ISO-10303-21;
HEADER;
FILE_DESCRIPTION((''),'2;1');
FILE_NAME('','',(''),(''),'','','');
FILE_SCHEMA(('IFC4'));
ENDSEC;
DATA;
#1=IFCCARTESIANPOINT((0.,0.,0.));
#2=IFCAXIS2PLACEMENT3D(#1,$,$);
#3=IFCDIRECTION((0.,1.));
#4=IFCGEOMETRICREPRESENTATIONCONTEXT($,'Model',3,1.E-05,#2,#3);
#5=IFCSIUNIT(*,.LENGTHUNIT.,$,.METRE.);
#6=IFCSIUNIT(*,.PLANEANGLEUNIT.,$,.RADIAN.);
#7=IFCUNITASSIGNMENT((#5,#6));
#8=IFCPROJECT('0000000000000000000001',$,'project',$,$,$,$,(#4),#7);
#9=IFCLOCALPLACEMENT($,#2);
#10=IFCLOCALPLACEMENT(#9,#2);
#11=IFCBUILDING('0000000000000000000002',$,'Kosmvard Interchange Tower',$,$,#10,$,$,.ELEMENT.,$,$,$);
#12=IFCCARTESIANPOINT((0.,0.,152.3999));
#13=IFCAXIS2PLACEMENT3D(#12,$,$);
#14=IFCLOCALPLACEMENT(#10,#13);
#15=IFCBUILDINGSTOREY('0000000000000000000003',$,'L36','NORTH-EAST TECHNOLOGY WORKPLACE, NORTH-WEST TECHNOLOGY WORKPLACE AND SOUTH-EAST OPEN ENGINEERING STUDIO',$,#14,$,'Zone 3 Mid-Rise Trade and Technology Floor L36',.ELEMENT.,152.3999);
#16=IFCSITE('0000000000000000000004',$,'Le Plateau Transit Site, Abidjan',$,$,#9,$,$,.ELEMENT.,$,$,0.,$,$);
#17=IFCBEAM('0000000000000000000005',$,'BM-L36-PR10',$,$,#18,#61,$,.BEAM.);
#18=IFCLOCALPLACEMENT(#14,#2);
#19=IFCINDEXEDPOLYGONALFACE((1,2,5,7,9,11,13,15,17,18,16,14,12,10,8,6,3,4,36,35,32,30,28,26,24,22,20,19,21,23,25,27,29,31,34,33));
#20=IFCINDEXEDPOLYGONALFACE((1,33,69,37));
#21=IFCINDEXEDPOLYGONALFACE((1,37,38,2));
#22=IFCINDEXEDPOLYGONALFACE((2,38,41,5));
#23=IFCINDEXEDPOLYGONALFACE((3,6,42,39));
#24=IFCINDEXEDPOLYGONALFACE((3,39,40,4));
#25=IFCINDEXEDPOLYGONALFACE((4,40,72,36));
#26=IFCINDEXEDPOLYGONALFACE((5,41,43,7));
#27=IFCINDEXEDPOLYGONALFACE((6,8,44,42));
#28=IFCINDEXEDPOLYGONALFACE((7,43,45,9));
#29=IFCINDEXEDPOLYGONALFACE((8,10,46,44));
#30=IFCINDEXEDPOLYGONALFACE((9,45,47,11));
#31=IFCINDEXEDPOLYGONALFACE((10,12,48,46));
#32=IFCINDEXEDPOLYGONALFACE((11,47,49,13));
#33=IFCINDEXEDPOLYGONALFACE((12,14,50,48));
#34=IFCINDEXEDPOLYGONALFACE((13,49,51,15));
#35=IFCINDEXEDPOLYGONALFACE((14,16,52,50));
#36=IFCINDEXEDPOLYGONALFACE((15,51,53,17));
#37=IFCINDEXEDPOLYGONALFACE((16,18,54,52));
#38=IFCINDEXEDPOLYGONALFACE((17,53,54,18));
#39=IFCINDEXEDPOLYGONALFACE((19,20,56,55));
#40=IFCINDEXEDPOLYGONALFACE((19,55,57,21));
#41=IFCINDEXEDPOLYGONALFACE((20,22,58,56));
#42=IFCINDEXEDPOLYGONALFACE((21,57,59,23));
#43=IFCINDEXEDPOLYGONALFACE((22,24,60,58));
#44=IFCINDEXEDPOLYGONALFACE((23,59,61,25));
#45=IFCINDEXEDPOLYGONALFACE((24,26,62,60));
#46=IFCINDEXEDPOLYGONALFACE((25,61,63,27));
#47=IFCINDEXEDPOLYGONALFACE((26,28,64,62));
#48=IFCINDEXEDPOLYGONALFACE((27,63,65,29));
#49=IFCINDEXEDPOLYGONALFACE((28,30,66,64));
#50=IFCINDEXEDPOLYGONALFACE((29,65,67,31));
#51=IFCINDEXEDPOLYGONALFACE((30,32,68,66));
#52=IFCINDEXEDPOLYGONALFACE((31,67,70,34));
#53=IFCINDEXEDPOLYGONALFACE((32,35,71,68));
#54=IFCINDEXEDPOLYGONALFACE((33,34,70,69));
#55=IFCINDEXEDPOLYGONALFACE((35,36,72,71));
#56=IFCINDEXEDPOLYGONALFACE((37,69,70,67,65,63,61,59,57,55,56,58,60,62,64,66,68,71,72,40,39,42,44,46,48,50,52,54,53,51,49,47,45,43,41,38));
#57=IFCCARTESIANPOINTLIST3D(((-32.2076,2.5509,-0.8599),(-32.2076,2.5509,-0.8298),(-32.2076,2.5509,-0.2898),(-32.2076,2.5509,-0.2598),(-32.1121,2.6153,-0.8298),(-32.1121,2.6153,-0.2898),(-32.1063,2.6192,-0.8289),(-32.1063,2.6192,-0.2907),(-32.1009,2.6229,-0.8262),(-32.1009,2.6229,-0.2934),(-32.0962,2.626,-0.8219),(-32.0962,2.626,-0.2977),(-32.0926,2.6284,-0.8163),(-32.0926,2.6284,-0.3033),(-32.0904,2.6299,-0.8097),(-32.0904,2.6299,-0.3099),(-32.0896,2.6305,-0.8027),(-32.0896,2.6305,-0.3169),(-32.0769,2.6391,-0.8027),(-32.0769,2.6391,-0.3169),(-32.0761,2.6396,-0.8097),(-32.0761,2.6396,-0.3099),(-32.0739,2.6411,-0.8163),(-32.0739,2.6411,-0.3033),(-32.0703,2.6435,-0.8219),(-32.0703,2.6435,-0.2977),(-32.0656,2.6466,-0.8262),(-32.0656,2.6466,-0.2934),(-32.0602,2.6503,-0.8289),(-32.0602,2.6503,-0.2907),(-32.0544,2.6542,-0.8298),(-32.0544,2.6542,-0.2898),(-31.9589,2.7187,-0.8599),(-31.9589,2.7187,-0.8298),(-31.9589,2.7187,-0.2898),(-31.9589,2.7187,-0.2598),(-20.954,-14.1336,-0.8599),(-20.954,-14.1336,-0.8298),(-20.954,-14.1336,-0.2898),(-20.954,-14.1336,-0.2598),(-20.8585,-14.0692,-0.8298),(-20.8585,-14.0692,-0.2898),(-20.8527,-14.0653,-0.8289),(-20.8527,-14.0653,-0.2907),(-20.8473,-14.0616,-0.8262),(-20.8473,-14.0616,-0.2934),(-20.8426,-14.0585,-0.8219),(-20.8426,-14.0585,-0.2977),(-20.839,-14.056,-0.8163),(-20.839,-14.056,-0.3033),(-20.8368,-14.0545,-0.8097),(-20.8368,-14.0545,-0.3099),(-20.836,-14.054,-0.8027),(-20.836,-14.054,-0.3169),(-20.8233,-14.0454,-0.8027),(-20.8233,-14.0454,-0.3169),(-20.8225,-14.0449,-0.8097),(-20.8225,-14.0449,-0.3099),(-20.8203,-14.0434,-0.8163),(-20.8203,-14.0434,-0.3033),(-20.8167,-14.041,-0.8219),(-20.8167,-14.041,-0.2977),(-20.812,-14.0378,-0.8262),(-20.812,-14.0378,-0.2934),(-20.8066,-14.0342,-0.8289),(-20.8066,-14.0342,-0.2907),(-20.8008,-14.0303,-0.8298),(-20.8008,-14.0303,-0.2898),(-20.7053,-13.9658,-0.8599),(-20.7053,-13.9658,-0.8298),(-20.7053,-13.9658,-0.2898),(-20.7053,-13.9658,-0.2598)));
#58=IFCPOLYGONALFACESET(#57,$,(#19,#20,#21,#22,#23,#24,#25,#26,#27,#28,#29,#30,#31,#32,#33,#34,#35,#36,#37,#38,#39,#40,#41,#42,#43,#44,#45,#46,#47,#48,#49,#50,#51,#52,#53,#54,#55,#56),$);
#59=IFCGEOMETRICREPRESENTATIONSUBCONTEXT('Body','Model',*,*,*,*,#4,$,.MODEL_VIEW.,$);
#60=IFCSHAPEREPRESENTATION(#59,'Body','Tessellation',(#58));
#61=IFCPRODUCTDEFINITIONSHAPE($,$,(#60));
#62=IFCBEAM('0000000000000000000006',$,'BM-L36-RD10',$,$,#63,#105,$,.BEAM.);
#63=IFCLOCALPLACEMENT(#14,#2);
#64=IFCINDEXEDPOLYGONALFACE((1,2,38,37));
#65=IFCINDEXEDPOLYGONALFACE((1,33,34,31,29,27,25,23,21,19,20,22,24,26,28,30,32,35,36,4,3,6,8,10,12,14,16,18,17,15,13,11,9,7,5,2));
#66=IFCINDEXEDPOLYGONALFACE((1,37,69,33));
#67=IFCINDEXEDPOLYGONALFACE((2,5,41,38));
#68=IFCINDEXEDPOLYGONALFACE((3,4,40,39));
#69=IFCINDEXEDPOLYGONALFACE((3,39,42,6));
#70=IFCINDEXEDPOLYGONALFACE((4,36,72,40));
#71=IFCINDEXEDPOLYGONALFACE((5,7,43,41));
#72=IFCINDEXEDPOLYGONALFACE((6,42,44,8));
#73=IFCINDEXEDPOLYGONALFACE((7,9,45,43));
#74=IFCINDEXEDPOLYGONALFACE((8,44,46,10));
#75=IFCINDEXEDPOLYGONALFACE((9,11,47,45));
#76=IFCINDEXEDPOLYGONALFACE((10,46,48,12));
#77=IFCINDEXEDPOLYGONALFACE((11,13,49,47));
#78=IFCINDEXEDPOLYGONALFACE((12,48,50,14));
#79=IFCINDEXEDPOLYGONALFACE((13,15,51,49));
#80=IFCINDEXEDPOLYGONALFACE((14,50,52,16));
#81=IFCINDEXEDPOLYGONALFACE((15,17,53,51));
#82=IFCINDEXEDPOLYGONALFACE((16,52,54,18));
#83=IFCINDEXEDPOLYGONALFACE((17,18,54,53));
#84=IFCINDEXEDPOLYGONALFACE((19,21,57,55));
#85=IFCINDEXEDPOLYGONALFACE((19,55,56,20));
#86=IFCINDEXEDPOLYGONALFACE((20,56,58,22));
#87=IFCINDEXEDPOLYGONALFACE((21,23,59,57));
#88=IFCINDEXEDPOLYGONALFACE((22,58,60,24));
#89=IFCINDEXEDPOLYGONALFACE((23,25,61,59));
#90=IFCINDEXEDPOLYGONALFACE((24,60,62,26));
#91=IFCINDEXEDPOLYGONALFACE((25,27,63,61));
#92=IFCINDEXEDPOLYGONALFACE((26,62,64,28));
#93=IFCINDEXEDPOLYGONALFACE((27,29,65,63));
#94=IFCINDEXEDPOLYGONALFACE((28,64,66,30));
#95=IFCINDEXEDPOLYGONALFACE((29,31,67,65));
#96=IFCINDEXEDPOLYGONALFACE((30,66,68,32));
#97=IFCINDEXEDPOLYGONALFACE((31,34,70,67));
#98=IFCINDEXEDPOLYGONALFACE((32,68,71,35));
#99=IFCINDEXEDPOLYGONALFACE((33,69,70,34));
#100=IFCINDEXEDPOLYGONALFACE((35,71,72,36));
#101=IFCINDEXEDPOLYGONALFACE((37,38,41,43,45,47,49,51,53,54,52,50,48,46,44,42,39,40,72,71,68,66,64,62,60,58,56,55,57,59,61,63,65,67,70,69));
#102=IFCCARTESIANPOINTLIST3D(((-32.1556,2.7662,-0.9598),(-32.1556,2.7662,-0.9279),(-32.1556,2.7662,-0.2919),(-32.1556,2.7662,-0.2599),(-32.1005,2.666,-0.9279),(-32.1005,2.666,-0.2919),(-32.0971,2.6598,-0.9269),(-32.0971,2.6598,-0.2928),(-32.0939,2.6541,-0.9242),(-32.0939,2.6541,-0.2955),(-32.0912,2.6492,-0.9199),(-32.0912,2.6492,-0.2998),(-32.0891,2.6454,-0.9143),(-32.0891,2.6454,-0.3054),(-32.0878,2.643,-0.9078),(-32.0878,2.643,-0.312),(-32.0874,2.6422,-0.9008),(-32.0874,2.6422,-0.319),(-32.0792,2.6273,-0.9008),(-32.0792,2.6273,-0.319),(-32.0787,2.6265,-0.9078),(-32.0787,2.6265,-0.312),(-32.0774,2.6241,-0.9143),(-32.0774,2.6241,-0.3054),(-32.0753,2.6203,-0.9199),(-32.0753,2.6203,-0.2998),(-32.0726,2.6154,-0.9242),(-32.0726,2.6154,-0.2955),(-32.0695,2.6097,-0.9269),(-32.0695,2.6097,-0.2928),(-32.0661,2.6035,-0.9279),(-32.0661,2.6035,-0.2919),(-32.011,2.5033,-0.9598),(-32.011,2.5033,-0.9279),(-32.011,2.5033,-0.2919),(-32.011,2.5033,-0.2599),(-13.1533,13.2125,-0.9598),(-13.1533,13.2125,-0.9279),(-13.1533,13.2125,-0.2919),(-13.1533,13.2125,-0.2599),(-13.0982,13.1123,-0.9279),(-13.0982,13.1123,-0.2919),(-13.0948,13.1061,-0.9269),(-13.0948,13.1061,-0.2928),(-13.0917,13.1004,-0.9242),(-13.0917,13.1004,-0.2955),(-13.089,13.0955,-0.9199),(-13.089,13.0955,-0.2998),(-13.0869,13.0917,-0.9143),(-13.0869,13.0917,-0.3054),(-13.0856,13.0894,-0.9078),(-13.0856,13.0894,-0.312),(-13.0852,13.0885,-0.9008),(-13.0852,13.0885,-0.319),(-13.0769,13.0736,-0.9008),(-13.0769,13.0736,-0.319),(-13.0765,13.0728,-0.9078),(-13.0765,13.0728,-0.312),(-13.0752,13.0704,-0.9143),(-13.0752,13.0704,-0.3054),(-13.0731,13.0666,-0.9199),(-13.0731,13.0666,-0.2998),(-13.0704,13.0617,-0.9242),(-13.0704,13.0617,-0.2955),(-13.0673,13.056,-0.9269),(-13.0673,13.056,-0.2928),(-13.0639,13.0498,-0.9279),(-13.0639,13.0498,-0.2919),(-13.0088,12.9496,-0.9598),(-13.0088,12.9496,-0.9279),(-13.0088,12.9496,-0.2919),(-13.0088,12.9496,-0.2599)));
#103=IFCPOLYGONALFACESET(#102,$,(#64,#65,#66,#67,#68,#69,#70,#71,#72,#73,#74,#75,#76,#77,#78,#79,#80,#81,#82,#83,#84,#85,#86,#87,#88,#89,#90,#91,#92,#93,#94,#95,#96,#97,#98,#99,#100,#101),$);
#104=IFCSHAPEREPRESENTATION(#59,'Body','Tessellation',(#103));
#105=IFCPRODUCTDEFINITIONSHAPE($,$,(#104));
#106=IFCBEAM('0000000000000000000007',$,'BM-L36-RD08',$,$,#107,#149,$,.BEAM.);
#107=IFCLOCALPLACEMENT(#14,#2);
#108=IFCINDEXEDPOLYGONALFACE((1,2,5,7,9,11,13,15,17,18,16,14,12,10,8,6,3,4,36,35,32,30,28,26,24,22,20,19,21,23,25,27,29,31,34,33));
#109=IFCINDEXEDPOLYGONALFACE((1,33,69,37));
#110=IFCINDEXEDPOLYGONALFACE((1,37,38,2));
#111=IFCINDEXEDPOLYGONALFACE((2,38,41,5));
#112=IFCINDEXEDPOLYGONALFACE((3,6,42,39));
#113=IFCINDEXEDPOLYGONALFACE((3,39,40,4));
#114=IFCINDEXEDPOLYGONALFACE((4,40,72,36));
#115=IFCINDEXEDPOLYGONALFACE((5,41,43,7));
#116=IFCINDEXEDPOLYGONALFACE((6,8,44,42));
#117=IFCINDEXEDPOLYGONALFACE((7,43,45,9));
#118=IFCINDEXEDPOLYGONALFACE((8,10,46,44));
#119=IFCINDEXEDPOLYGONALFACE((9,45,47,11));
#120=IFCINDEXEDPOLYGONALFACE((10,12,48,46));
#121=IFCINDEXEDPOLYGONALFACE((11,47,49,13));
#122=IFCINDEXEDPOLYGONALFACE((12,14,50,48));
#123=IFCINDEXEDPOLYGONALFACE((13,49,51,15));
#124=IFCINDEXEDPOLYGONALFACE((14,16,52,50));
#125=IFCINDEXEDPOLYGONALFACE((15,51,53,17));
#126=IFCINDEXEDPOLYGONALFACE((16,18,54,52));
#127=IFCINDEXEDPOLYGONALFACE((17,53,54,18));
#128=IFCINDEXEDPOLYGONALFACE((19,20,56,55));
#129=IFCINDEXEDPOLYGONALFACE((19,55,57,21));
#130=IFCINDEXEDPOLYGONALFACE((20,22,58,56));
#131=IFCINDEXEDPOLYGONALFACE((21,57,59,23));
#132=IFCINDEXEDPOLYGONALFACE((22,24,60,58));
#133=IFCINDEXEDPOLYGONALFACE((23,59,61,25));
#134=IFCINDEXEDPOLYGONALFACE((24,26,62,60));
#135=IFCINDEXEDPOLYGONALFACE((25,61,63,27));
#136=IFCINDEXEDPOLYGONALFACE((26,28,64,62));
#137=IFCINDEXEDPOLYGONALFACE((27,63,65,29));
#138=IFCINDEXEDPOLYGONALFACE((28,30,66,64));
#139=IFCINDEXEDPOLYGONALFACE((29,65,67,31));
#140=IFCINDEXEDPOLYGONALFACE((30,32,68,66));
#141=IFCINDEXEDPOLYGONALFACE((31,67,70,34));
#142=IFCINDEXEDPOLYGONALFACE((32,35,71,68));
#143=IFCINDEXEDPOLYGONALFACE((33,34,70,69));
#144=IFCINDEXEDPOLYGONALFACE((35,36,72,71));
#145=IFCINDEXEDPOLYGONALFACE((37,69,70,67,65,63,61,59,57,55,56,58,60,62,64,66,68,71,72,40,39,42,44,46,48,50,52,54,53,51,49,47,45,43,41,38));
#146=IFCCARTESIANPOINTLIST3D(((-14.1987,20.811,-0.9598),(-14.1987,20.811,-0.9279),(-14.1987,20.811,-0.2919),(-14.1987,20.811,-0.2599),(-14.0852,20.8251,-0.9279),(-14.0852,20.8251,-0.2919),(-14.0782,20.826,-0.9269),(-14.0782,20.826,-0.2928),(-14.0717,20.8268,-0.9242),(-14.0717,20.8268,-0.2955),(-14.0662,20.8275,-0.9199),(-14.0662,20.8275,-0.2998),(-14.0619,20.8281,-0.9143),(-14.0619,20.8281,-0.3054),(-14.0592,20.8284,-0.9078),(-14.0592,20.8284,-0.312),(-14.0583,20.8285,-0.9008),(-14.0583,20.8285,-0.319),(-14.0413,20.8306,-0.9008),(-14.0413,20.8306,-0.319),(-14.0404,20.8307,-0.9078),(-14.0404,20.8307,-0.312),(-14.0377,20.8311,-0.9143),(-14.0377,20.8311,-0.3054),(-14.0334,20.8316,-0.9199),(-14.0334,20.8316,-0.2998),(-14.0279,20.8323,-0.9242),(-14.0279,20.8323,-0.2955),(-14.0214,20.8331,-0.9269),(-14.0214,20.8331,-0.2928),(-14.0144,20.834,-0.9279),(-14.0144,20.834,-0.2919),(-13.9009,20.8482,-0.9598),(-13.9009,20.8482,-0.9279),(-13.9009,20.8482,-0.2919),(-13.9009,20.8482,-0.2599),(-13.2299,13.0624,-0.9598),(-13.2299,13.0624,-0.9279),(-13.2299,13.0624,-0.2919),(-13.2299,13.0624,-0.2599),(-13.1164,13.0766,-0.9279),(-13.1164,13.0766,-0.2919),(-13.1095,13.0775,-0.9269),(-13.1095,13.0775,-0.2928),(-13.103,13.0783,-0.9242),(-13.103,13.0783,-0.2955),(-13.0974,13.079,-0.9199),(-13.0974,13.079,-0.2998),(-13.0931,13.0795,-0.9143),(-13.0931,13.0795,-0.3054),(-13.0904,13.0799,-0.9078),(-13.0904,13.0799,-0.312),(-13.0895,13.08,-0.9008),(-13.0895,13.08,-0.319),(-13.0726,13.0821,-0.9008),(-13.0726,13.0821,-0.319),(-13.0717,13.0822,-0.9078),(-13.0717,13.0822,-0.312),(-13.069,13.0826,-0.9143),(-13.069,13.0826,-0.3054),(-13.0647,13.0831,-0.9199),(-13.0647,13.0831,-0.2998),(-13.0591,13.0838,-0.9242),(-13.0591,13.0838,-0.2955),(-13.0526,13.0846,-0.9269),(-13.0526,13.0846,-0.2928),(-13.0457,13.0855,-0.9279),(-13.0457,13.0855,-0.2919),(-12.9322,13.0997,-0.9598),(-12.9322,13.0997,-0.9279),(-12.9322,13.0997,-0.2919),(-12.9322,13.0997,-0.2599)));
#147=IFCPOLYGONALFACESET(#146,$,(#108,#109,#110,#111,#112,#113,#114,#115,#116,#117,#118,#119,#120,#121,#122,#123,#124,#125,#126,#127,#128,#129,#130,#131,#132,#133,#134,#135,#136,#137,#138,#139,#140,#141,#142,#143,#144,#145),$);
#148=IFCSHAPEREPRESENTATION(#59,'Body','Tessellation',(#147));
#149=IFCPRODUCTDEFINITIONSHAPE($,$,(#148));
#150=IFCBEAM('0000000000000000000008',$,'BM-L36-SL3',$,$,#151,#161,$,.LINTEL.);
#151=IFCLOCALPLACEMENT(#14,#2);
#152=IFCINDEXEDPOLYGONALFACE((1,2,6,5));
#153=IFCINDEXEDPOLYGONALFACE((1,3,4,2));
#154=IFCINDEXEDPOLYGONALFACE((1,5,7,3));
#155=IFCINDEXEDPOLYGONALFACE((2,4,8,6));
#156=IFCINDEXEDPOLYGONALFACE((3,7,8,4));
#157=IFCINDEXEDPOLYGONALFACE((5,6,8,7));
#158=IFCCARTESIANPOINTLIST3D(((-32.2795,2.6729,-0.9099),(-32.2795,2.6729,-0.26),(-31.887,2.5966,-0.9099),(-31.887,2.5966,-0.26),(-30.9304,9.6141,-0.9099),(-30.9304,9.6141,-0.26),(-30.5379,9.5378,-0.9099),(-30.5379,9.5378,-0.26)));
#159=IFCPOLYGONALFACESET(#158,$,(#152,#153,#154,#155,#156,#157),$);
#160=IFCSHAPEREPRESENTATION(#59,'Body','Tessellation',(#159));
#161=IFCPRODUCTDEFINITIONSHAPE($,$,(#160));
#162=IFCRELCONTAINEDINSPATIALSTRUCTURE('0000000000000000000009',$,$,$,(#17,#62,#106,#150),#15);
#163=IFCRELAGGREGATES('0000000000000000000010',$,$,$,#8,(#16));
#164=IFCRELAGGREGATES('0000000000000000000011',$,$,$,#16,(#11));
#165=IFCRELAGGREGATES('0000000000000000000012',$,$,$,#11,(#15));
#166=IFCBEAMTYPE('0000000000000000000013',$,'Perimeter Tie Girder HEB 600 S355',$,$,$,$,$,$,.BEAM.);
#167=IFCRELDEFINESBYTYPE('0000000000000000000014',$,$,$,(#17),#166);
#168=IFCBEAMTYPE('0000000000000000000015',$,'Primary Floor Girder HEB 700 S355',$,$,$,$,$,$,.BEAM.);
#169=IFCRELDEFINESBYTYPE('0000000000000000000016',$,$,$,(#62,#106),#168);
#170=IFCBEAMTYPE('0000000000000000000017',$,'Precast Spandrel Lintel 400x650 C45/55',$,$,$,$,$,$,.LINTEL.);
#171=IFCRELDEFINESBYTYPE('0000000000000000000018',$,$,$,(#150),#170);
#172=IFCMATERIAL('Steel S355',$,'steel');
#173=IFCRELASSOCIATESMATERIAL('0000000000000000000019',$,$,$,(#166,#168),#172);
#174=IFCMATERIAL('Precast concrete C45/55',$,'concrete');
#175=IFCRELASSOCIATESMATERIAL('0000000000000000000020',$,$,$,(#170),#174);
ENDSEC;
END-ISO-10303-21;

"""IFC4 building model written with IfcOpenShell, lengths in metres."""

from ifc_helpers import new_model, si_unit, direction, frame, origin, origin_2d, place, context, subcontext, project, spatial, rectangle, i_section, extrude, source, transform, mapped, material, material_profile, profile_set, type_object, element, save


model = new_model("IFC4")

# Units and contexts
model_context = context("Model", 3, precision=1e-05, world=origin(), true_north=direction((0.0, 1.0)))
body_context = subcontext(model_context, "Body", "Model", "MODEL_VIEW")
ifc_project = project(units=[si_unit("LENGTHUNIT", "METRE"), si_unit("PLANEANGLEUNIT", "RADIAN")], contexts=[model_context])

# Site, building, storey
site_placement = place(None, origin())
site = spatial("IfcSite", under=ifc_project, at=site_placement, Name="Le Plateau Transit Site, Abidjan", CompositionType="ELEMENT", RefElevation=0.0)
building_placement = place(site_placement, origin())
building = spatial("IfcBuilding", under=site, at=building_placement, Name="Kosmvard Interchange Tower", CompositionType="ELEMENT")
storey_placement = place(building_placement, frame((0.0, 0.0, 152.3999)))
storey = spatial("IfcBuildingStorey", under=building, at=storey_placement, Name="L36", Description="NORTH-EAST TECHNOLOGY WORKPLACE, NORTH-WEST TECHNOLOGY WORKPLACE AND SOUTH-EAST OPEN ENGINEERING STUDIO", LongName="Zone 3 Mid-Rise Trade and Technology Floor L36", CompositionType="ELEMENT", Elevation=152.3999)

# Beams
ifc_material_1 = material(Name="Steel S355", Category="steel")
ifc_material_profile_1 = material_profile(ifc_material_1, i_section(OverallWidth=0.3, OverallDepth=0.6001, WebThickness=0.0154, FlangeThickness=0.03, FilletRadius=0.0271, at=origin_2d()), Name="HEB 600")
ifc_profile_set_1 = profile_set([ifc_material_profile_1], Name="Steel S355")
beam_type_1 = type_object("IfcBeamType", Name="Perimeter Tie Girder HEB 600 S355", PredefinedType="BEAM", material=ifc_profile_set_1)
shared_shape_1 = source(origin(), body_context, "Body", "SweptSolid", [
    extrude(i_section(OverallWidth=0.3, OverallDepth=0.6001, WebThickness=0.0154, FlangeThickness=0.03, FilletRadius=0.0271, at=origin_2d()), origin(), (0.0, 0.0, 1.0), 20.125),
])
for number, where, z_axis, x_axis, name in (
    (1, (-32.0833, 2.6348, -0.5598), (0.559185, -0.829043, 0.0), (0.829043, 0.559185, 0.0), "BM-L36-PR10"),
):
    element("IfcBeam", number, at=place(storey_placement, frame(where, z_axis=z_axis, x_axis=x_axis)), inside=storey, type_object=beam_type_1, Name=name, PredefinedType="BEAM", context=body_context, shape_type="MappedRepresentation", body=[
        mapped(shared_shape_1, transform((0.0, 0.0, 0.0), scale=1.0)),
    ])
ifc_material_profile_2 = material_profile(ifc_material_1, i_section(OverallWidth=0.3, OverallDepth=0.7, WebThickness=0.0171, FlangeThickness=0.032, FilletRadius=0.0271, at=origin_2d()), Name="HEB 700")
ifc_profile_set_2 = profile_set([ifc_material_profile_2], Name="Steel S355")
beam_type_2 = type_object("IfcBeamType", Name="Primary Floor Girder HEB 700 S355", PredefinedType="BEAM", material=ifc_profile_set_2)
shared_shape_2 = source(origin(), body_context, "Body", "SweptSolid", [
    extrude(i_section(OverallWidth=0.3, OverallDepth=0.7, WebThickness=0.0171, FlangeThickness=0.032, FilletRadius=0.0271, at=origin_2d()), origin(), (0.0, 0.0, 1.0), 21.6843),
])
beam_1_placement = place(storey_placement, frame((-13.0811, 13.0811, -0.6099), z_axis=(-0.876312, -0.481745, 0.0), x_axis=(0.481745, -0.876312, 0.0)))
element("IfcBeam", 2, at=beam_1_placement, inside=storey, type_object=beam_type_2, Name="BM-L36-RD10", PredefinedType="BEAM", context=body_context, shape_type="MappedRepresentation", body=[
    mapped(shared_shape_2, transform((0.0, 0.0, 0.0), scale=1.0)),
])
shared_shape_3 = source(origin(), body_context, "Body", "SweptSolid", [
    extrude(i_section(OverallWidth=0.3, OverallDepth=0.7, WebThickness=0.0171, FlangeThickness=0.032, FilletRadius=0.0271, at=origin_2d()), origin(), (0.0, 0.0, 1.0), 7.8088),
])
beam_2_placement = place(storey_placement, frame((-13.0811, 13.0811, -0.6099), z_axis=(-0.124058, 0.992275, 0.0), x_axis=(-0.992275, -0.124058, 0.0)))
element("IfcBeam", 3, at=beam_2_placement, inside=storey, type_object=beam_type_2, Name="BM-L36-RD08", PredefinedType="BEAM", context=body_context, shape_type="MappedRepresentation", body=[
    mapped(shared_shape_3, transform((0.0, 0.0, 0.0), scale=1.0)),
])
ifc_material_2 = material(Name="Precast concrete C45/55", Category="concrete")
ifc_material_profile_3 = material_profile(ifc_material_2, rectangle(XDim=0.3999, YDim=0.6499, at=origin_2d()), Name="SL 400x650")
ifc_profile_set_3 = profile_set([ifc_material_profile_3], Name="Precast concrete C45/55")
beam_type_3 = type_object("IfcBeamType", Name="Precast Spandrel Lintel 400x650 C45/55", PredefinedType="LINTEL", material=ifc_profile_set_3)
shared_shape_4 = source(origin(), body_context, "Body", "SweptSolid", [
    extrude(rectangle(XDim=0.3999, YDim=0.6499, at=origin_2d()), origin(), (0.0, 0.0, 1.0), 7.071),
])
beam_3_placement = place(storey_placement, frame((-30.7341, 9.5759, -0.585), z_axis=(-0.190795, -0.98163, 0.0), x_axis=(0.98163, -0.190795, 0.0)))
element("IfcBeam", 4, at=beam_3_placement, inside=storey, type_object=beam_type_3, Name="BM-L36-SL3", PredefinedType="LINTEL", context=body_context, shape_type="MappedRepresentation", body=[
    mapped(shared_shape_4, transform((0.0, 0.0, 0.0), scale=1.0)),
])

save(model, "model.ifc")
